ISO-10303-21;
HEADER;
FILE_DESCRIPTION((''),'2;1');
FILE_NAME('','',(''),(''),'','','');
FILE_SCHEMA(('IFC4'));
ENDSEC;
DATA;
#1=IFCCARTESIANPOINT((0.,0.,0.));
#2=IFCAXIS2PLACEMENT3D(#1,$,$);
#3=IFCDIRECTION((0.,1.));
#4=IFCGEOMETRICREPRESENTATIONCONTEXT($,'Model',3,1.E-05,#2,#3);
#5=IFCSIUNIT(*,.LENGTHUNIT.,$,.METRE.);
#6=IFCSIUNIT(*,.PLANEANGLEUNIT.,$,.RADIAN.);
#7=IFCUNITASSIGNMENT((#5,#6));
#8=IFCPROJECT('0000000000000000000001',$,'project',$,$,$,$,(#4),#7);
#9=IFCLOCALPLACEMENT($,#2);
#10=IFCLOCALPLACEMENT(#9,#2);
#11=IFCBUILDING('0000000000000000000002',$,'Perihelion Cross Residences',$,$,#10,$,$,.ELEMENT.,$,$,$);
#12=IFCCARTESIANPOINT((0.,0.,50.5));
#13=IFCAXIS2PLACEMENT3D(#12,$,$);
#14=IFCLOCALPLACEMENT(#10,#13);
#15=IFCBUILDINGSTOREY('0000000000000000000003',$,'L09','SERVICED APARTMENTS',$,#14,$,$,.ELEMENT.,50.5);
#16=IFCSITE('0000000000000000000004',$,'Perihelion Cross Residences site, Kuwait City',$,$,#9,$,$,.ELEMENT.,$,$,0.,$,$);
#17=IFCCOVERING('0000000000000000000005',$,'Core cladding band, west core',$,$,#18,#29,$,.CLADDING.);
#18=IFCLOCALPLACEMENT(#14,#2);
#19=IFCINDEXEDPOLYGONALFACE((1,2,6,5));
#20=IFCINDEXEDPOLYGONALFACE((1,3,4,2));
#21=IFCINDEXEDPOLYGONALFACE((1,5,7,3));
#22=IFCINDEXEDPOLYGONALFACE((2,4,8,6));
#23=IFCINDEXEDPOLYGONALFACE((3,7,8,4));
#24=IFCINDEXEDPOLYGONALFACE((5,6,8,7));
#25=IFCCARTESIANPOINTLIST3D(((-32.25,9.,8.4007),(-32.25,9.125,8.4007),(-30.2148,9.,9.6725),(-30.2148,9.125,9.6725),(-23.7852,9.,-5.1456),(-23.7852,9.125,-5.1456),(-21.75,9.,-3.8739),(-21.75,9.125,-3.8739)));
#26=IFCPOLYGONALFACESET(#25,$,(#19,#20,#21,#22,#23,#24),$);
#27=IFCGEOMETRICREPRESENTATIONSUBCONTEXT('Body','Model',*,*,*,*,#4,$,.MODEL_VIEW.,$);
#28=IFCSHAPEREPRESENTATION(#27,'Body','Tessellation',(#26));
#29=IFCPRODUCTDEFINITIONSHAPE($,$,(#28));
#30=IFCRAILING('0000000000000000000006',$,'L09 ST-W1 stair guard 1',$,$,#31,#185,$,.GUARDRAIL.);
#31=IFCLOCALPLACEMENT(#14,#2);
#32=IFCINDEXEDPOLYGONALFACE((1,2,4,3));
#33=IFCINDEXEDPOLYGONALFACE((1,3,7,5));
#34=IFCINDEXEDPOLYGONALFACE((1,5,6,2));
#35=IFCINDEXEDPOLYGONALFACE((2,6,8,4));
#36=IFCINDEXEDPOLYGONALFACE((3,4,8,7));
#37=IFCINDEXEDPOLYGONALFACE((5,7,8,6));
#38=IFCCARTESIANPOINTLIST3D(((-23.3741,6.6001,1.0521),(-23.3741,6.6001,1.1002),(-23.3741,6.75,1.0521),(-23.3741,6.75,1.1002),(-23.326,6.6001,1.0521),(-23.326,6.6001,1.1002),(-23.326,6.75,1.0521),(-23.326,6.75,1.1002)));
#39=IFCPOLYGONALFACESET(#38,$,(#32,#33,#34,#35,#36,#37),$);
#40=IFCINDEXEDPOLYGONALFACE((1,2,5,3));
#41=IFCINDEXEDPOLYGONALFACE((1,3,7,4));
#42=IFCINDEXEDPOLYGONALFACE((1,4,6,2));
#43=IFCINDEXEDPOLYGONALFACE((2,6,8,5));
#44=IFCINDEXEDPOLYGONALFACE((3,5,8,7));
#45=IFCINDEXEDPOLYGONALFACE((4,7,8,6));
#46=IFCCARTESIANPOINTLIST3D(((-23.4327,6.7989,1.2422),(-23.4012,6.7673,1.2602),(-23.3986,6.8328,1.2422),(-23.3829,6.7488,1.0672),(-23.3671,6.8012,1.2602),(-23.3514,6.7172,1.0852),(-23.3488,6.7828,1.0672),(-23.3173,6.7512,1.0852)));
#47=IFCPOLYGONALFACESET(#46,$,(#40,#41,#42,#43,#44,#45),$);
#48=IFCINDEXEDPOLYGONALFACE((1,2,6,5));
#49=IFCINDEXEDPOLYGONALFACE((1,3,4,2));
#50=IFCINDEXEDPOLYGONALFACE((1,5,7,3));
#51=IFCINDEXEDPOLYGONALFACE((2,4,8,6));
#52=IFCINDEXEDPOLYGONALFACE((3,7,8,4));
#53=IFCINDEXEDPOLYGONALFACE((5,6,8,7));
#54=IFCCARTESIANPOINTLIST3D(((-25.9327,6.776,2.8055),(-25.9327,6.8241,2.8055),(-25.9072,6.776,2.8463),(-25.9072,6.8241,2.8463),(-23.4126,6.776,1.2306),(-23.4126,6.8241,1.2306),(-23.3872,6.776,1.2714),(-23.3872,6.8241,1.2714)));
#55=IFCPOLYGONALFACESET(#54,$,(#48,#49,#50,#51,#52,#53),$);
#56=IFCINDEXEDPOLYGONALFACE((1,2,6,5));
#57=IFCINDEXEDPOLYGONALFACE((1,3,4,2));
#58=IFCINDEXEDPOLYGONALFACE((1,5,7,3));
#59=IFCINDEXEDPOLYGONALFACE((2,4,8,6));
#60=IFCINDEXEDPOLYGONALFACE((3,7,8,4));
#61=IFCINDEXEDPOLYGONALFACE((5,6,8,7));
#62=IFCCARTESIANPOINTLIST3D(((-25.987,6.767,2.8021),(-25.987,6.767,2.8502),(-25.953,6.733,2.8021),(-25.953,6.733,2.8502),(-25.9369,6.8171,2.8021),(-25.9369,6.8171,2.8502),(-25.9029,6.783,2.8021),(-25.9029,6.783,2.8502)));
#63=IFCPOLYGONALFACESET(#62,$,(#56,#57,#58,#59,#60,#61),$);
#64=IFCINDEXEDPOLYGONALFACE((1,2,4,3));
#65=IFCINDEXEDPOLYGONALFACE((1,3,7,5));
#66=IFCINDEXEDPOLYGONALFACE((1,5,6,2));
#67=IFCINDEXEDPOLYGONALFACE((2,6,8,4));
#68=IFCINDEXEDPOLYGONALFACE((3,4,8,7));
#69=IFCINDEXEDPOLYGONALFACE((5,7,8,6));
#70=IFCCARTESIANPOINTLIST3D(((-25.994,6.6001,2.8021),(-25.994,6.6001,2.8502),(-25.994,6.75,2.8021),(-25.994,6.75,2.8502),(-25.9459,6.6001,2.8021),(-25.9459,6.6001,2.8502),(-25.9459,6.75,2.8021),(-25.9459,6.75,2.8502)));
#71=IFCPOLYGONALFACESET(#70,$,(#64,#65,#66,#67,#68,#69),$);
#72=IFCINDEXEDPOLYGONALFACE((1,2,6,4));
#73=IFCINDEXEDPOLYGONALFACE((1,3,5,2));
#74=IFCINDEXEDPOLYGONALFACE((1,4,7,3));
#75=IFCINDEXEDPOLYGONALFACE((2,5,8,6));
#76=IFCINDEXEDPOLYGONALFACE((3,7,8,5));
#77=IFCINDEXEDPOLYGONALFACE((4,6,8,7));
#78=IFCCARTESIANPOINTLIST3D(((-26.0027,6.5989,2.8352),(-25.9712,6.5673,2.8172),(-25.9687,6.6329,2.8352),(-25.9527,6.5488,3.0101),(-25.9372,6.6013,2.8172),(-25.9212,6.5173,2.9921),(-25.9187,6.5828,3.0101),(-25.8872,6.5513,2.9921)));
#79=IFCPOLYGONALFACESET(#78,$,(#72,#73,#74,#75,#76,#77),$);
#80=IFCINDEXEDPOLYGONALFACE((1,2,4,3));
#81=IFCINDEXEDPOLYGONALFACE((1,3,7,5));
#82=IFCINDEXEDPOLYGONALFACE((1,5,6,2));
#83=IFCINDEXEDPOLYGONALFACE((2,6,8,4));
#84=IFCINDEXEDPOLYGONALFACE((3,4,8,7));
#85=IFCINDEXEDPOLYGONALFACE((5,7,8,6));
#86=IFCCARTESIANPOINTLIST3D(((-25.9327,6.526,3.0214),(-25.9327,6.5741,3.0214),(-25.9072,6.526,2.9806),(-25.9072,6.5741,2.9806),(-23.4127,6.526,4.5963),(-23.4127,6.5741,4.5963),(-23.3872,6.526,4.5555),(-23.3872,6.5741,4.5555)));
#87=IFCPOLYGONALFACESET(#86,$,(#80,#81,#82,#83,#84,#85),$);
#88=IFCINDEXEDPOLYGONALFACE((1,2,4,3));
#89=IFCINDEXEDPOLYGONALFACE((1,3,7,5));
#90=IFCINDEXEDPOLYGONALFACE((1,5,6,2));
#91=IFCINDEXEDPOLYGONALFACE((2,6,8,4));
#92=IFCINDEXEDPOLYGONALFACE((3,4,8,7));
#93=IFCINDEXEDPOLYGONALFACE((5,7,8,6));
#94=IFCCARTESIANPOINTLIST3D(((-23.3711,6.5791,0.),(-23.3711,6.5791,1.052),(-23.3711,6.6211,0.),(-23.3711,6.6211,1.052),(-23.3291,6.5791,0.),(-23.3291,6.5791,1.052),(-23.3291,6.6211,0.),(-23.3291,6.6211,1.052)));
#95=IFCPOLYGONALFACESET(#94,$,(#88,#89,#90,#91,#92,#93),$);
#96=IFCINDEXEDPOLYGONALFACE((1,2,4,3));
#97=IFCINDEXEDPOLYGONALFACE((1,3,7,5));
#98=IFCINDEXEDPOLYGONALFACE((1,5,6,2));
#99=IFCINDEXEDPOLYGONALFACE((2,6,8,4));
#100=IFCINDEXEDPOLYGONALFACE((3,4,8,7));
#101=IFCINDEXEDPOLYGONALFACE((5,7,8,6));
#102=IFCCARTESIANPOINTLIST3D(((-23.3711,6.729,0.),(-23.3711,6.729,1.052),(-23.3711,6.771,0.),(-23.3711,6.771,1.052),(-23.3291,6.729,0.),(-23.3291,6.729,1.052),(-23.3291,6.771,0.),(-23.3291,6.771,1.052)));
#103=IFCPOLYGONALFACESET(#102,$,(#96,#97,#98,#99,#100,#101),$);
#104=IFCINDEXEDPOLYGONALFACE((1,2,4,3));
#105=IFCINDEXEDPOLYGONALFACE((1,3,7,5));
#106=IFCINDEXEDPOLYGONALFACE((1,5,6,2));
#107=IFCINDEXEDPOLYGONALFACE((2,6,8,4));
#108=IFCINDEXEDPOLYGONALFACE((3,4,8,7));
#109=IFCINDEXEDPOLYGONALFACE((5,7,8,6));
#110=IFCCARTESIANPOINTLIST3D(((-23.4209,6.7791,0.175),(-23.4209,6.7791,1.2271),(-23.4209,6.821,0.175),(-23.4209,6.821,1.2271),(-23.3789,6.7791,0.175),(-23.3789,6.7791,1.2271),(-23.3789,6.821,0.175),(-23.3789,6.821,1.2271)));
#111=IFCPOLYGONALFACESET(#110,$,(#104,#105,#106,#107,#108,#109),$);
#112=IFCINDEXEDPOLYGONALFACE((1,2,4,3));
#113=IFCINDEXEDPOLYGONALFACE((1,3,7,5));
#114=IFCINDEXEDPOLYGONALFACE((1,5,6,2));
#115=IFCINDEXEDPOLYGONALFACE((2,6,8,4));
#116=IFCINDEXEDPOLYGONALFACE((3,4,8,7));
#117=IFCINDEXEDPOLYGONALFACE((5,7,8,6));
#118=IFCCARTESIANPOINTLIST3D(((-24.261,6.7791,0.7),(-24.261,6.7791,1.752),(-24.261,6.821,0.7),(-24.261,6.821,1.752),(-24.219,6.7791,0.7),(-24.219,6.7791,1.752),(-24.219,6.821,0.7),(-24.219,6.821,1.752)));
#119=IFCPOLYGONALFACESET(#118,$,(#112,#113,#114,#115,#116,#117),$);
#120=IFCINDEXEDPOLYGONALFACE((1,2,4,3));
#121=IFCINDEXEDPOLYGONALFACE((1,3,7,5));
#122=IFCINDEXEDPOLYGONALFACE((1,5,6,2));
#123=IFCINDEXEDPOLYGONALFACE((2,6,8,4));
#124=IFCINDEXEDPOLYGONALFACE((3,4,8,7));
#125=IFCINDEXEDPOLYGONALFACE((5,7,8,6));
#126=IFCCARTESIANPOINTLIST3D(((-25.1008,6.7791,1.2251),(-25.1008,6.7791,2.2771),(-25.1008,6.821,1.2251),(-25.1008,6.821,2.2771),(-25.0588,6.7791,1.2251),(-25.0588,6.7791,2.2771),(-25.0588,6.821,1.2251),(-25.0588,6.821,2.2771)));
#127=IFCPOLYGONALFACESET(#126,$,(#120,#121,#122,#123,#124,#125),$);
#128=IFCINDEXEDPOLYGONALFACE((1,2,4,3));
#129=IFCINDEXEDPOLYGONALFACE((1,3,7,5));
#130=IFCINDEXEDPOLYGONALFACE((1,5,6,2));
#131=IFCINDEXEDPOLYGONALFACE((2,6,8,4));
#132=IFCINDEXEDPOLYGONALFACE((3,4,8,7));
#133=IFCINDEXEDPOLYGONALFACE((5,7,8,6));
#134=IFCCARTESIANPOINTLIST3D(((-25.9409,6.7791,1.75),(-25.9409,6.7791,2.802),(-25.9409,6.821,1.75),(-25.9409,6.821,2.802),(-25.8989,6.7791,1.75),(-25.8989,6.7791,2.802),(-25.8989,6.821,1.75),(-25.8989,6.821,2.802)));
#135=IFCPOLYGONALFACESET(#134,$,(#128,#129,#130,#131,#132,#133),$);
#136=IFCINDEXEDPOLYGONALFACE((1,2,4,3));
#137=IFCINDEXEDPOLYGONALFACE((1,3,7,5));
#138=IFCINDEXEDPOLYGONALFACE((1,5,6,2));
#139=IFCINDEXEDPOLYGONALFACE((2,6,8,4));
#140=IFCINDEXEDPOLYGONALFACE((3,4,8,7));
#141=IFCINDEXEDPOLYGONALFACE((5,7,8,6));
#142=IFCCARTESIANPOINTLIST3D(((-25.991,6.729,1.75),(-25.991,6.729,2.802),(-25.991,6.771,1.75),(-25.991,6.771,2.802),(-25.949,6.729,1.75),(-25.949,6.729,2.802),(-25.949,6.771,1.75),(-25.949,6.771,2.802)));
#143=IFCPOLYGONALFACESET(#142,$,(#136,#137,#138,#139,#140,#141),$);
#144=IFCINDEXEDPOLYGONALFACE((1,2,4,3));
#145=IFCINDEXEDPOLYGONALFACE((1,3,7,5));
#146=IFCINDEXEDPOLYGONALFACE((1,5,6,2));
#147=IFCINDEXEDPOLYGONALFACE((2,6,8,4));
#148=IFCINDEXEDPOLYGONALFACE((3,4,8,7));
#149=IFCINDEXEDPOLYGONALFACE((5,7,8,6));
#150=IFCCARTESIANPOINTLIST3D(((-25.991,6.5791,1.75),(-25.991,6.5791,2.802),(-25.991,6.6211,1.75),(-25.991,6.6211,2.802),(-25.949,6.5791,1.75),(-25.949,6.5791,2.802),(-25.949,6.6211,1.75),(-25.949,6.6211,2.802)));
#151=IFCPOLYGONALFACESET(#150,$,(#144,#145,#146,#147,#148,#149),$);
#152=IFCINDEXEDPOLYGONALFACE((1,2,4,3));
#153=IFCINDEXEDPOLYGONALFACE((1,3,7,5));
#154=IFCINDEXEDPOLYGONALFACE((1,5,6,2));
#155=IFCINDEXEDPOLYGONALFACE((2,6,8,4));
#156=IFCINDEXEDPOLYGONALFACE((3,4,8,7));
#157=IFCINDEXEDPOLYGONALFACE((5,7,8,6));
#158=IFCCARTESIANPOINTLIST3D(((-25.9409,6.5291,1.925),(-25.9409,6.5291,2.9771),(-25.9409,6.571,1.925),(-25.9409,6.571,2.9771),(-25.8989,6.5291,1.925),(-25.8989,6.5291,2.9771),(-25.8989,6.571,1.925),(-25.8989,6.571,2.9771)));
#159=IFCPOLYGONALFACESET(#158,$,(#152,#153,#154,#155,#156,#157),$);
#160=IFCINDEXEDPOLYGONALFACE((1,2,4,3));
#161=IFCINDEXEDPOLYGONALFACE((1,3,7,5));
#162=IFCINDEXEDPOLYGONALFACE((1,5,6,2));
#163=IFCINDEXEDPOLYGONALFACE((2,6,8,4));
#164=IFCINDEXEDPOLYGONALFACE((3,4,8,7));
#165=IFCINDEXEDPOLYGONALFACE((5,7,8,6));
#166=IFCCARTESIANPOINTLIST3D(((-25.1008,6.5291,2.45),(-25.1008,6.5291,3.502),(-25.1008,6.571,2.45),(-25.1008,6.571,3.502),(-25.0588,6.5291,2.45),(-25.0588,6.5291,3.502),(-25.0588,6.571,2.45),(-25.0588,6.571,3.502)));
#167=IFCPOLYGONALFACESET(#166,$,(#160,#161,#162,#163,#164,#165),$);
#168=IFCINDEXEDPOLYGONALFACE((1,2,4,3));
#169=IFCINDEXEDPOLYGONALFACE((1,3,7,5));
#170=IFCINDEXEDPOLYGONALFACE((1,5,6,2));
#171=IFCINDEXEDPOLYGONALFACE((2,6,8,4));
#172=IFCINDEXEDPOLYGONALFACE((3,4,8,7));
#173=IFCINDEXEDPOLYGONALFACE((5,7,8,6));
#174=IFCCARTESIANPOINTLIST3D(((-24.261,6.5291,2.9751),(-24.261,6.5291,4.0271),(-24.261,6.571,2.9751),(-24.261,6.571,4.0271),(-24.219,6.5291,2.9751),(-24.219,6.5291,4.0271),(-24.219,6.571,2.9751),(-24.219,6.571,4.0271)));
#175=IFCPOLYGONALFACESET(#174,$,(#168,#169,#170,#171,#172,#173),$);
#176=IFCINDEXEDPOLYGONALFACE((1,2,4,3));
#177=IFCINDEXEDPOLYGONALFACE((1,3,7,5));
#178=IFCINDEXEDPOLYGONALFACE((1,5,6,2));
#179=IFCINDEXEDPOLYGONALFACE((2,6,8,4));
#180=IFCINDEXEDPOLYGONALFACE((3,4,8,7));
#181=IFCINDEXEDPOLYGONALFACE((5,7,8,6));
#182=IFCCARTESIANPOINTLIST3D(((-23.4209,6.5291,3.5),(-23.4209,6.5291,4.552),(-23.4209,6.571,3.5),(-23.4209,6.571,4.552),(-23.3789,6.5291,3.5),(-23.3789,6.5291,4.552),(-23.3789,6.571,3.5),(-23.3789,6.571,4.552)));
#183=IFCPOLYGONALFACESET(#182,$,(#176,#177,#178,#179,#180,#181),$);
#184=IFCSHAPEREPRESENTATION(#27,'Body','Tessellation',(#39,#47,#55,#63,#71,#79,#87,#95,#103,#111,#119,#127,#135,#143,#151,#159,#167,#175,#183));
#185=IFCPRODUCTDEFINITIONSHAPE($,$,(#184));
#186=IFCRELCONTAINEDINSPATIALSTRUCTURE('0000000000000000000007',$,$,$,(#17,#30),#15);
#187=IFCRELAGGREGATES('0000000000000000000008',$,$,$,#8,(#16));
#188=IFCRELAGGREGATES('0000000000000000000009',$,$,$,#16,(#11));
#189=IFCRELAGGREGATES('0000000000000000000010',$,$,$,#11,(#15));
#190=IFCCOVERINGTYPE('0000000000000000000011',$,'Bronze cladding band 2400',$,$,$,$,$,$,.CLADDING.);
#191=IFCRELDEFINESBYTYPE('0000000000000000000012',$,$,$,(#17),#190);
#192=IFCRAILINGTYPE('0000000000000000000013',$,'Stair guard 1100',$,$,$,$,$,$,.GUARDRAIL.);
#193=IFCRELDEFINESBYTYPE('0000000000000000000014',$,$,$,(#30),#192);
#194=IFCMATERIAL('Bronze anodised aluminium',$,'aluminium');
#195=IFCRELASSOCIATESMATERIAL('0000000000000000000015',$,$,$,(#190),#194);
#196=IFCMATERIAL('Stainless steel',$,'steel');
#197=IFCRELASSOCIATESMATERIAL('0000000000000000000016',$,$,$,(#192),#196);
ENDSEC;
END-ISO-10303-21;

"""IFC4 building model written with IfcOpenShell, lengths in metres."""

from ifc_helpers import new_model, si_unit, direction, frame, origin, origin_2d, place, context, subcontext, project, spatial, rectangle, extrude, material, material_profile, profile_set, type_object, element, save


model = new_model("IFC4")

# Units and contexts
model_context = context("Model", 3, precision=1e-05, world=origin(), true_north=direction((0.0, 1.0)))
body_context = subcontext(model_context, "Body", "Model", "MODEL_VIEW")
ifc_project = project(units=[si_unit("LENGTHUNIT", "METRE"), si_unit("PLANEANGLEUNIT", "RADIAN")], contexts=[model_context])

# Site, building, storey
site_placement = place(None, origin())
site = spatial("IfcSite", under=ifc_project, at=site_placement, Name="Perihelion Cross Residences site, Kuwait City", CompositionType="ELEMENT", RefElevation=0.0)
building_placement = place(site_placement, origin())
building = spatial("IfcBuilding", under=site, at=building_placement, Name="Perihelion Cross Residences", CompositionType="ELEMENT")
storey_placement = place(building_placement, frame((0.0, 0.0, 50.5)))
storey = spatial("IfcBuildingStorey", under=building, at=storey_placement, Name="L09", Description="SERVICED APARTMENTS", CompositionType="ELEMENT", Elevation=50.5)

# Covering
ifc_material_1 = material(Name="Bronze anodised aluminium", Category="aluminium")
ifc_material_profile_1 = material_profile(ifc_material_1, rectangle(XDim=0.125, YDim=2.3999, at=origin_2d()), Name="Bronze cladding band 2400")
ifc_profile_set_1 = profile_set([ifc_material_profile_1], Name="Bronze anodised aluminium")
covering_type = type_object("IfcCoveringType", Name="Bronze cladding band 2400", PredefinedType="CLADDING", material=ifc_profile_set_1)
covering_placement = place(storey_placement, frame((-22.7676, 9.0625, -4.5098), z_axis=(-0.529925, 0.0, 0.848045), x_axis=(0.0, -1.0, 0.0)))
element("IfcCovering", 1, at=covering_placement, inside=storey, type_object=covering_type, Name="Core cladding band, west core", PredefinedType="CLADDING", context=body_context, shape_type="SweptSolid", body=[
    extrude(rectangle(XDim=0.125, YDim=2.3999, at=origin_2d()), origin(), (0.0, 0.0, 1.0), 15.9736),
])

# Railing
ifc_material_2 = material(Name="Stainless steel", Category="steel")
railing_type_1 = type_object("IfcRailingType", Name="Stair guard 1100", PredefinedType="GUARDRAIL", material=ifc_material_2)
railing_1_placement = place(storey_placement, frame((-23.3501, 6.6001, 0.0)))
element("IfcRailing", 2, at=railing_1_placement, inside=storey, type_object=railing_type_1, Name="L09 ST-W1 stair guard 1", PredefinedType="GUARDRAIL", context=body_context, shape_type="SweptSolid", body=[
    extrude(rectangle(XDim=0.0481, YDim=0.0481, at=origin_2d()), frame((0.0, 0.0, 1.0762), z_axis=(0.0, 1.0, 0.0), x_axis=(-1.0, 0.0, 0.0)), (0.0, 0.0, 1.0), 0.1499),
    extrude(rectangle(XDim=0.0481, YDim=0.0481, at=origin_2d()), frame((0.0, 0.1499, 1.0762), z_axis=(-0.263862, 0.265156, 0.927399), x_axis=(-0.708834, -0.705376, 0.0)), (0.0, 0.0, 1.0), 0.1887),
    extrude(rectangle(XDim=0.0481, YDim=0.0481, at=origin_2d()), frame((-0.0498, 0.2, 1.251), z_axis=(-0.848008, 0.0, 0.529984), x_axis=(0.0, -1.0, 0.0)), (0.0, 0.0, 1.0), 2.9717),
    extrude(rectangle(XDim=0.0481, YDim=0.0481, at=origin_2d()), frame((-2.5698, 0.2, 2.8262), z_axis=(-0.707107, -0.707107, 0.0), x_axis=(0.707107, -0.707107, 0.0)), (0.0, 0.0, 1.0), 0.0708),
    extrude(rectangle(XDim=0.0481, YDim=0.0481, at=origin_2d()), frame((-2.6199, 0.1499, 2.8262), z_axis=(0.0, -1.0, 0.0), x_axis=(1.0, 0.0, 0.0)), (0.0, 0.0, 1.0), 0.1499),
    extrude(rectangle(XDim=0.0481, YDim=0.0481, at=origin_2d()), frame((-2.6199, 0.0, 2.8262), z_axis=(0.265065, -0.265065, 0.927082), x_axis=(0.707107, 0.707107, 0.0)), (0.0, 0.0, 1.0), 0.1887),
    extrude(rectangle(XDim=0.0481, YDim=0.0481, at=origin_2d()), frame((-2.5698, -0.05, 3.001), z_axis=(0.848008, 0.0, 0.529984), x_axis=(0.0, 1.0, 0.0)), (0.0, 0.0, 1.0), 2.9717),
    extrude(rectangle(XDim=0.042, YDim=0.042, at=origin_2d()), origin(), (0.0, 0.0, 1.0), 1.052),
    extrude(rectangle(XDim=0.042, YDim=0.042, at=origin_2d()), frame((0.0, 0.1499, 0.0)), (0.0, 0.0, 1.0), 1.052),
    extrude(rectangle(XDim=0.042, YDim=0.042, at=origin_2d()), frame((-0.0498, 0.2, 0.175)), (0.0, 0.0, 1.0), 1.052),
    extrude(rectangle(XDim=0.042, YDim=0.042, at=origin_2d()), frame((-0.8899, 0.2, 0.7)), (0.0, 0.0, 1.0), 1.052),
    extrude(rectangle(XDim=0.042, YDim=0.042, at=origin_2d()), frame((-1.7297, 0.2, 1.2251)), (0.0, 0.0, 1.0), 1.052),
    extrude(rectangle(XDim=0.042, YDim=0.042, at=origin_2d()), frame((-2.5698, 0.2, 1.75)), (0.0, 0.0, 1.0), 1.052),
    extrude(rectangle(XDim=0.042, YDim=0.042, at=origin_2d()), frame((-2.6199, 0.1499, 1.75)), (0.0, 0.0, 1.0), 1.052),
    extrude(rectangle(XDim=0.042, YDim=0.042, at=origin_2d()), frame((-2.6199, 0.0, 1.75)), (0.0, 0.0, 1.0), 1.052),
    extrude(rectangle(XDim=0.042, YDim=0.042, at=origin_2d()), frame((-2.5698, -0.05, 1.925)), (0.0, 0.0, 1.0), 1.052),
    extrude(rectangle(XDim=0.042, YDim=0.042, at=origin_2d()), frame((-1.7297, -0.05, 2.45)), (0.0, 0.0, 1.0), 1.052),
    extrude(rectangle(XDim=0.042, YDim=0.042, at=origin_2d()), frame((-0.8899, -0.05, 2.9751)), (0.0, 0.0, 1.0), 1.052),
    extrude(rectangle(XDim=0.042, YDim=0.042, at=origin_2d()), frame((-0.0498, -0.05, 3.5)), (0.0, 0.0, 1.0), 1.052),
])

save(model, "model.ifc")
